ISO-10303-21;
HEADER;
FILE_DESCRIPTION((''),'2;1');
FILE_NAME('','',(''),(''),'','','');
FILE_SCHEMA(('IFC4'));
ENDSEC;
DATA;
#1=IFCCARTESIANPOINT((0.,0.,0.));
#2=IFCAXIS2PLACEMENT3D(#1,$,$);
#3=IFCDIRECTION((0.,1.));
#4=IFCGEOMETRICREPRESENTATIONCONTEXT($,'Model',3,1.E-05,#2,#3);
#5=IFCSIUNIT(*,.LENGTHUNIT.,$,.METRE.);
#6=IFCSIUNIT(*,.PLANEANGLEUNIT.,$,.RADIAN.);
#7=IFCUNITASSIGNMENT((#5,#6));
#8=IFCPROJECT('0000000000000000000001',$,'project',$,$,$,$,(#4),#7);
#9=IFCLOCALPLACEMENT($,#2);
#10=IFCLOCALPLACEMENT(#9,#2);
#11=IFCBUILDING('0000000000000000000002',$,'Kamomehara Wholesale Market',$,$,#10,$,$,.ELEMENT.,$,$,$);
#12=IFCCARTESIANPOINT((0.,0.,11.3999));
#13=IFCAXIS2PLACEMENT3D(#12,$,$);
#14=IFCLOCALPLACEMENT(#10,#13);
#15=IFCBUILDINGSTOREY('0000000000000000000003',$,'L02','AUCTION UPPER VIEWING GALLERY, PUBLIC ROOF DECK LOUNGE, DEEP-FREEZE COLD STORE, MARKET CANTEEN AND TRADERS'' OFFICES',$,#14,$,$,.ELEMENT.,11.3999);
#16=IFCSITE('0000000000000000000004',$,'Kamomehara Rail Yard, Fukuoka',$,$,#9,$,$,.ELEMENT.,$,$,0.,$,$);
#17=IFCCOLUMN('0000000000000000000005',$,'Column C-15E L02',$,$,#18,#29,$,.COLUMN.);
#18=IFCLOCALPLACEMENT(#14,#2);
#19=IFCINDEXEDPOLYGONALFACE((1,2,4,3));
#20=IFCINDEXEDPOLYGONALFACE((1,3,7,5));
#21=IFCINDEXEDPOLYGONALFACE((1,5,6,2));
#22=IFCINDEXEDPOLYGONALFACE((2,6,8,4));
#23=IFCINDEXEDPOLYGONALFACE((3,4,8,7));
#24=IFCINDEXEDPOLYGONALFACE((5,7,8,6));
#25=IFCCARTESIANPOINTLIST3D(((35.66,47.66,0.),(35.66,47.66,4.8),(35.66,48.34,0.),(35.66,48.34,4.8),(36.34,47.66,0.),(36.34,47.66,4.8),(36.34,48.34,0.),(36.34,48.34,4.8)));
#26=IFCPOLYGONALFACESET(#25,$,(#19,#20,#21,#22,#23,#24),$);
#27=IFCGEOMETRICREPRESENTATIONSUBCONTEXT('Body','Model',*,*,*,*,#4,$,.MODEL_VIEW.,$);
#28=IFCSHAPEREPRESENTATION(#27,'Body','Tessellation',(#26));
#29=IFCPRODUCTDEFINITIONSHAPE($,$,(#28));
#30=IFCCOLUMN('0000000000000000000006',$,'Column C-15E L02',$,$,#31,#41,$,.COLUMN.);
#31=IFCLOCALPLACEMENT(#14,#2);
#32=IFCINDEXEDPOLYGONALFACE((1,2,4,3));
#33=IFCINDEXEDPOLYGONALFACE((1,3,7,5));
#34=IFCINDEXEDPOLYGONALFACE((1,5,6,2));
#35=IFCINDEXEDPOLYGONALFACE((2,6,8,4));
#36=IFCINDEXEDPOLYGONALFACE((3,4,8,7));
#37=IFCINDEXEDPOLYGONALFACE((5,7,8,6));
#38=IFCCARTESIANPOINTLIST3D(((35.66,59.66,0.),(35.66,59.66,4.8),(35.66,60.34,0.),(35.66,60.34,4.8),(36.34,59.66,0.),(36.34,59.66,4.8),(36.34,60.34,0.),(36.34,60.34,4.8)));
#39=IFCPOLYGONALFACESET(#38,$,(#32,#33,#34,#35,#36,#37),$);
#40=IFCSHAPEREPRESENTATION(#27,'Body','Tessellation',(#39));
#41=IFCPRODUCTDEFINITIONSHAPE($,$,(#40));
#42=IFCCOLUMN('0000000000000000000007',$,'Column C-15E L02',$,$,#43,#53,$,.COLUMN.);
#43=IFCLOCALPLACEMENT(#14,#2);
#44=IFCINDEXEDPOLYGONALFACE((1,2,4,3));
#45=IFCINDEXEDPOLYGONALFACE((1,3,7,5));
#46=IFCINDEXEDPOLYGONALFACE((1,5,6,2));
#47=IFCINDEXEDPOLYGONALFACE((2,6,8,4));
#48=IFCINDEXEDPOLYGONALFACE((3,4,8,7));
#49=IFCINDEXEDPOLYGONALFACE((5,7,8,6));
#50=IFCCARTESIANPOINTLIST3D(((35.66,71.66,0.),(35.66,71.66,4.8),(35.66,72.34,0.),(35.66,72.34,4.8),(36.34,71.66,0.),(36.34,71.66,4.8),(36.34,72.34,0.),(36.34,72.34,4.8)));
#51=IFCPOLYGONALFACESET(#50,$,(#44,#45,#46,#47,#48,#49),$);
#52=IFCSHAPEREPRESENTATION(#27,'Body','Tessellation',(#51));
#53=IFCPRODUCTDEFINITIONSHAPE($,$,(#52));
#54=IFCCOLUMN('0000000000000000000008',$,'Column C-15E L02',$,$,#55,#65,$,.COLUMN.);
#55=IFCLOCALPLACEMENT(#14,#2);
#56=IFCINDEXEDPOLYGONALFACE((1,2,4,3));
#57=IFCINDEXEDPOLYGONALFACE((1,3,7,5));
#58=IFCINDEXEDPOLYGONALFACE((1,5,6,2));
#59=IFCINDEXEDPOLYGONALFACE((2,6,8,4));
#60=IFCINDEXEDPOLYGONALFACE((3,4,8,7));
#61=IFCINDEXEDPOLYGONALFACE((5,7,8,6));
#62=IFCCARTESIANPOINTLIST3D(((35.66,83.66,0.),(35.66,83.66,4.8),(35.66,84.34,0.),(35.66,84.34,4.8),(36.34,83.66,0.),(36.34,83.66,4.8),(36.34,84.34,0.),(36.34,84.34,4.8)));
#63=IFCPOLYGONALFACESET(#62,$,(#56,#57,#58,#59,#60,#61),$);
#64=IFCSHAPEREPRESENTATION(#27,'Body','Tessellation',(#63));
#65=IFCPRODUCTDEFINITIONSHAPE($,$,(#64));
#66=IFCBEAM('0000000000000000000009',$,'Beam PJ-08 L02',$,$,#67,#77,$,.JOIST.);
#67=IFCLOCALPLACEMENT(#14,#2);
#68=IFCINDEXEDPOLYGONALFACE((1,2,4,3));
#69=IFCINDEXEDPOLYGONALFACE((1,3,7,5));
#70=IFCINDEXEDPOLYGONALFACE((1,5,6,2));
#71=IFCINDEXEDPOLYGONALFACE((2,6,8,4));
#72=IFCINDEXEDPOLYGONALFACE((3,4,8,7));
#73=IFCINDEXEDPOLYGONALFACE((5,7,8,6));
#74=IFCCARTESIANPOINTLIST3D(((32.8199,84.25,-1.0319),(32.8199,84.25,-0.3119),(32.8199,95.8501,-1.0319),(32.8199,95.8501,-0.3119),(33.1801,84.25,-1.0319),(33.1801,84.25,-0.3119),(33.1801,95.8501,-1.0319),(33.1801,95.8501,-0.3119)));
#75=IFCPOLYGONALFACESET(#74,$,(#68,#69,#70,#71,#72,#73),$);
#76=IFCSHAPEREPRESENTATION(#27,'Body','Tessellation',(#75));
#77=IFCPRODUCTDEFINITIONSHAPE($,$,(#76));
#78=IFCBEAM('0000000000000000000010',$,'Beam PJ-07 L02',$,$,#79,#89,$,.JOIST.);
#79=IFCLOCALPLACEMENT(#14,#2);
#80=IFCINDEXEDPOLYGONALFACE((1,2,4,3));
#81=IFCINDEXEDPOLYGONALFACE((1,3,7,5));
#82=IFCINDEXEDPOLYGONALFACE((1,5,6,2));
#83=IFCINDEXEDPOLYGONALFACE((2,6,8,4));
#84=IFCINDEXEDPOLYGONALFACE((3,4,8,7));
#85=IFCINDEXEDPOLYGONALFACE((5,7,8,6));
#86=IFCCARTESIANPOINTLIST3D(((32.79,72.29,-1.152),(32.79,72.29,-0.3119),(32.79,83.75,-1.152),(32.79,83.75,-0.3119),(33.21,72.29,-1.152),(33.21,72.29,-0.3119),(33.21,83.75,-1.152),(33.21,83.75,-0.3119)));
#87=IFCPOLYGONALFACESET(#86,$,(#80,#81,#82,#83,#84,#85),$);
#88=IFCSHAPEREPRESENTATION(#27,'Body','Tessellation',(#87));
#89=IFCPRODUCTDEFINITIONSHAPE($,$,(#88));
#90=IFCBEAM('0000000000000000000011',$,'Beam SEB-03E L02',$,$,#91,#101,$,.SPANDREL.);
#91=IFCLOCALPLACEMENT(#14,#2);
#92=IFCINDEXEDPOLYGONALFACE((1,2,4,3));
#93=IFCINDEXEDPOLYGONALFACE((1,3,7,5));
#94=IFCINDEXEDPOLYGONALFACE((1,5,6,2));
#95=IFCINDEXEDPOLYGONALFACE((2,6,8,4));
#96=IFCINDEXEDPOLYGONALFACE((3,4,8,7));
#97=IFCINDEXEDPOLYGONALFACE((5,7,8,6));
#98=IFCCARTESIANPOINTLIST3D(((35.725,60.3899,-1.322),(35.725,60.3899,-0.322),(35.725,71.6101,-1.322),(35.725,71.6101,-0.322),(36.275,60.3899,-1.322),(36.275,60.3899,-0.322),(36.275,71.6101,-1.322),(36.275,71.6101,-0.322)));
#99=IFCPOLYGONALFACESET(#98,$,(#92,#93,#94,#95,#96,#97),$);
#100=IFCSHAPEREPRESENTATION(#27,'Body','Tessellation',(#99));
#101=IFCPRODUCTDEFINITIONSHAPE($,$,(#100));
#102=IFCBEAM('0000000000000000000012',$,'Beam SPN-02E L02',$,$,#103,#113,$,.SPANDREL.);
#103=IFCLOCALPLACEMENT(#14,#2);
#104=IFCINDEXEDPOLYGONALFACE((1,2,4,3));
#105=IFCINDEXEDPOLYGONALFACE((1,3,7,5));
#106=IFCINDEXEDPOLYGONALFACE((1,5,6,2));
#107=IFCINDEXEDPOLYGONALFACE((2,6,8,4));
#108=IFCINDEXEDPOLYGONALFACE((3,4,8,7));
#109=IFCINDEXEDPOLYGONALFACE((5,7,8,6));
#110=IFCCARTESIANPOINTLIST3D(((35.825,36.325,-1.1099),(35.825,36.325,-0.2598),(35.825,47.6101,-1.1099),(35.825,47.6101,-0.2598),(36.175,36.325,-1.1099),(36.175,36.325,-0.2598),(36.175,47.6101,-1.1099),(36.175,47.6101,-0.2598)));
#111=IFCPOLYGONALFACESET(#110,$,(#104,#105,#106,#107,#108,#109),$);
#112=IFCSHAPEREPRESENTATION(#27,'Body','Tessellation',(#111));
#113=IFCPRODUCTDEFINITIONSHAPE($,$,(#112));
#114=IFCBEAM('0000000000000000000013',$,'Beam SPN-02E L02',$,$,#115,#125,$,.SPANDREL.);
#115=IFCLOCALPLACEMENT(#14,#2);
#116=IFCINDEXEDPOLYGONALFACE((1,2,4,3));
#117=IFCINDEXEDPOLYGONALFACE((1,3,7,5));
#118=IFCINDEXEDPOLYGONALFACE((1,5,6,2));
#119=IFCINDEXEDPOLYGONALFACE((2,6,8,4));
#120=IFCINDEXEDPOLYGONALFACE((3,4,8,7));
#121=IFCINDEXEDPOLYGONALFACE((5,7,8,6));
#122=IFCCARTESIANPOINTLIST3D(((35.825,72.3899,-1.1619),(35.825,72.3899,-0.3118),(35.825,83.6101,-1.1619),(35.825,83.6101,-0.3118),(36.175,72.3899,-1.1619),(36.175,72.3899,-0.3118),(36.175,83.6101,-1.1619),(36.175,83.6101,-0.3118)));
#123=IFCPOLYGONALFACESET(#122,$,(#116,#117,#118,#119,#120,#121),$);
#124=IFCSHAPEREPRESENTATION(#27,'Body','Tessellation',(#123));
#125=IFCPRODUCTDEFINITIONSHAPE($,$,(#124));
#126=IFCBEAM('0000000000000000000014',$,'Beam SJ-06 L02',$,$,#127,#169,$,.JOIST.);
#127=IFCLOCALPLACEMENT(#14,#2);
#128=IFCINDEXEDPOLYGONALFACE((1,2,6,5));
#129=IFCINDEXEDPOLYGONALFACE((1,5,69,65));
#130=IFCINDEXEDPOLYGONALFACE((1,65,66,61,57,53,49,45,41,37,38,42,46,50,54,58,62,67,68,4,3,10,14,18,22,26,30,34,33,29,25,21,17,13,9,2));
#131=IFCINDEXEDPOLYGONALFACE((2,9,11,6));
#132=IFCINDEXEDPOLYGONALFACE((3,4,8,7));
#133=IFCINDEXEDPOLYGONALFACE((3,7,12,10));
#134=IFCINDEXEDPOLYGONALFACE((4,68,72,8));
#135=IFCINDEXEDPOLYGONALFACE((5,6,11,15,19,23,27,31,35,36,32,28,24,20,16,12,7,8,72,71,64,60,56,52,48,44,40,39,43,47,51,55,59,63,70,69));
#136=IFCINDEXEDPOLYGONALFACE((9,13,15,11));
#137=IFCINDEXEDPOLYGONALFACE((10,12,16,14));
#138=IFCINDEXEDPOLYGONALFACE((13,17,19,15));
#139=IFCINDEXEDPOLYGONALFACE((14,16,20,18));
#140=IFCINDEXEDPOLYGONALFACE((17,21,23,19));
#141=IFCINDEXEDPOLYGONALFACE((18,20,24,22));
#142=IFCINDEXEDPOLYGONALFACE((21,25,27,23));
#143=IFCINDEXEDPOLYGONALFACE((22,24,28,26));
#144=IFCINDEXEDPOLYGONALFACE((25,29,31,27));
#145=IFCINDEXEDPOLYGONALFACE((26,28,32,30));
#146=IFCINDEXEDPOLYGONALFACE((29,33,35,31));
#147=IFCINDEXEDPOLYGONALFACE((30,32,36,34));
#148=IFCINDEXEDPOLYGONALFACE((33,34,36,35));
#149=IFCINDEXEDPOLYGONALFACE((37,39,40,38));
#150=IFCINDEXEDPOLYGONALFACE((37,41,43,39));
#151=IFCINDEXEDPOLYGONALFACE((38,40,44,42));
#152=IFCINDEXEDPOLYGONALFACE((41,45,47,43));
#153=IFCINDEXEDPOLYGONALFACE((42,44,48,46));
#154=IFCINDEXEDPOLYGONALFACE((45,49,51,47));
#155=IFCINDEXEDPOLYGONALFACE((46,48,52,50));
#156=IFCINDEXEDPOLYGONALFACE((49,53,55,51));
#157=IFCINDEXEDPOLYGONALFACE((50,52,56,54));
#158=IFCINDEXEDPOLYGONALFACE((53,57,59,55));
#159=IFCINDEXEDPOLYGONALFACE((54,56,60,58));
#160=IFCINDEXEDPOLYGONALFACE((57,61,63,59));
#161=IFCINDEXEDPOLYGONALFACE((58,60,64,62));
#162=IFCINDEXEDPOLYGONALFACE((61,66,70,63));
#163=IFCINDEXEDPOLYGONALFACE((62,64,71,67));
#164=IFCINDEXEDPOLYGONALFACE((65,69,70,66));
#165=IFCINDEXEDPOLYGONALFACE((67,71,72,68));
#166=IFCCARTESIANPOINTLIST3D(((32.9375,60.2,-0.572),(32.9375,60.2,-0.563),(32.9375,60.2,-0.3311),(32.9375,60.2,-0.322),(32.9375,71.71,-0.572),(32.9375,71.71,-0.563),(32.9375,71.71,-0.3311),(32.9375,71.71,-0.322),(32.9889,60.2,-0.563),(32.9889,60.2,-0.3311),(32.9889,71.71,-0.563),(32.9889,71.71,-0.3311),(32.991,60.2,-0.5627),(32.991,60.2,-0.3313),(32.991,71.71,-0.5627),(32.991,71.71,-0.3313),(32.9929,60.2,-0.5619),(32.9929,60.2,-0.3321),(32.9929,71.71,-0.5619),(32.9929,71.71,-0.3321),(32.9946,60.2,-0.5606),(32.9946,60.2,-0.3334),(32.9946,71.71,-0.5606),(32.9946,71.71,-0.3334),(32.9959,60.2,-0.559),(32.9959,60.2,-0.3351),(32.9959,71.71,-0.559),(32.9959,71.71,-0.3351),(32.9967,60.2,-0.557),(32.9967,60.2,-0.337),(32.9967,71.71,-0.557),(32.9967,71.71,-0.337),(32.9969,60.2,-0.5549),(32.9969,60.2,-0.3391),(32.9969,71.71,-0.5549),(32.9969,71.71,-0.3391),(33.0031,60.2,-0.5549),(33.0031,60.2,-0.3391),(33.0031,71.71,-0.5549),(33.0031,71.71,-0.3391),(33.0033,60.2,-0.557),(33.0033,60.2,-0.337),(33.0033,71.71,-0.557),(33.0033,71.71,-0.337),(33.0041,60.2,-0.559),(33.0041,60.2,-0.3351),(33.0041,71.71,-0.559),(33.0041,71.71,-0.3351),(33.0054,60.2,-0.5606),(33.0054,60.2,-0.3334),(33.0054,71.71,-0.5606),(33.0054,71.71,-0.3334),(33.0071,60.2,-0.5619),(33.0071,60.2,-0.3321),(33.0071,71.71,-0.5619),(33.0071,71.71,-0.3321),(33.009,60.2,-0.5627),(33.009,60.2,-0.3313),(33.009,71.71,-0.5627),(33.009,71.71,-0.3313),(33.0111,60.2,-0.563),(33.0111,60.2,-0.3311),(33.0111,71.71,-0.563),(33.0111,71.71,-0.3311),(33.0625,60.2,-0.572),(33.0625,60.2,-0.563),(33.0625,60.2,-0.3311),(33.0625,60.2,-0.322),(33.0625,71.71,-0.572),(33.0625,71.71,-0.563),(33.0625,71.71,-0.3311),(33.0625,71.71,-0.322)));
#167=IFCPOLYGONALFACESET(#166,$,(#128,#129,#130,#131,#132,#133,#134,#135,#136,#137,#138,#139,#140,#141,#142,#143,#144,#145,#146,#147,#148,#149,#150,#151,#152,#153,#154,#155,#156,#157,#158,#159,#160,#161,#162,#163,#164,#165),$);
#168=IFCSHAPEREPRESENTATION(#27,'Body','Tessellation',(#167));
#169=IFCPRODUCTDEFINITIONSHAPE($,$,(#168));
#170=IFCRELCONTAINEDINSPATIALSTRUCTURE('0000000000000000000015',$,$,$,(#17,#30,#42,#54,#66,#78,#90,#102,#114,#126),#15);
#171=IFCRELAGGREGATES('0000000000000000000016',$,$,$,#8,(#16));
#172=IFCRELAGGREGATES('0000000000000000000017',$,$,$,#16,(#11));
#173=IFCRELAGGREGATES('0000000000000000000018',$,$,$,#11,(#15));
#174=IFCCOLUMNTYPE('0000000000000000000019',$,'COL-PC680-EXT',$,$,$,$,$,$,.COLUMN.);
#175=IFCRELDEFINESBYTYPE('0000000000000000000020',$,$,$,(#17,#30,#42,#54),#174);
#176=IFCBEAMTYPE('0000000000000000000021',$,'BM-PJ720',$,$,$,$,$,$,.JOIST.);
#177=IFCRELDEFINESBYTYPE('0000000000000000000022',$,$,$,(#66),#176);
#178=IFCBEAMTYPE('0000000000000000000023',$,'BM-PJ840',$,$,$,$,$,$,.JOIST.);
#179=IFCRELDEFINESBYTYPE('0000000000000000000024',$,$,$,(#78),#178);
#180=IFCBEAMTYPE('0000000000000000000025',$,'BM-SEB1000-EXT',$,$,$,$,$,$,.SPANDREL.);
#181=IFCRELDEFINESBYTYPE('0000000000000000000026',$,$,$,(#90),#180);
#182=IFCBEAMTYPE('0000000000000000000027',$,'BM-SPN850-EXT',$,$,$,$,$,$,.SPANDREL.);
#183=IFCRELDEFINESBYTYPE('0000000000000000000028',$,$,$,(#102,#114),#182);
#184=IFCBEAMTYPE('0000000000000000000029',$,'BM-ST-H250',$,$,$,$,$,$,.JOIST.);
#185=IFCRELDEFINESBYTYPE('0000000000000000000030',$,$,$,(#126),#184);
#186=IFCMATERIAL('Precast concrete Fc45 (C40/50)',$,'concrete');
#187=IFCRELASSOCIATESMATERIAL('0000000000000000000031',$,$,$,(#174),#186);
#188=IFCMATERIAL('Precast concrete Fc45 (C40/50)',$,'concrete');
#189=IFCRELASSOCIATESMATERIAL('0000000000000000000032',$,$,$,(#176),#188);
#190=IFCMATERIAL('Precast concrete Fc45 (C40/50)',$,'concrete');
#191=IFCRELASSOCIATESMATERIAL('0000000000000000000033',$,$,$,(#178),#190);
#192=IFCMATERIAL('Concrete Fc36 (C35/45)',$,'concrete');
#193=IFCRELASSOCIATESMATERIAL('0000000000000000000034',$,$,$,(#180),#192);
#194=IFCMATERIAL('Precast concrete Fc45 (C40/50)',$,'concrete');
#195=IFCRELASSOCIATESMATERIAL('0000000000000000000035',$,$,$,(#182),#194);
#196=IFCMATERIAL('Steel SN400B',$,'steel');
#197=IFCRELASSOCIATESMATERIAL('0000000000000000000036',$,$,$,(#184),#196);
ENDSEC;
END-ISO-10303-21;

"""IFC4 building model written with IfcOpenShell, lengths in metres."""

from ifc_helpers import new_model, si_unit, direction, frame, origin, origin_2d, place, context, subcontext, project, spatial, rectangle, i_section, extrude, material, material_profile, profile_set, type_object, element, save


model = new_model("IFC4")

# Units and contexts
model_context = context("Model", 3, precision=1e-05, world=origin(), true_north=direction((0.0, 1.0)))
body_context = subcontext(model_context, "Body", "Model", "MODEL_VIEW")
ifc_project = project(units=[si_unit("LENGTHUNIT", "METRE"), si_unit("PLANEANGLEUNIT", "RADIAN")], contexts=[model_context])

# Site, building, storey
site_placement = place(None, origin())
site = spatial("IfcSite", under=ifc_project, at=site_placement, Name="Kamomehara Rail Yard, Fukuoka", CompositionType="ELEMENT", RefElevation=0.0)
building_placement = place(site_placement, origin())
building = spatial("IfcBuilding", under=site, at=building_placement, Name="Kamomehara Wholesale Market", CompositionType="ELEMENT")
storey_placement = place(building_placement, frame((0.0, 0.0, 11.3999)))
storey = spatial("IfcBuildingStorey", under=building, at=storey_placement, Name="L02", Description="AUCTION UPPER VIEWING GALLERY, PUBLIC ROOF DECK LOUNGE, DEEP-FREEZE COLD STORE, MARKET CANTEEN AND TRADERS' OFFICES", CompositionType="ELEMENT", Elevation=11.3999)

# Columns
ifc_material_1 = material(Name="Precast concrete Fc45 (C40/50)", Category="concrete")
ifc_material_profile_1 = material_profile(ifc_material_1, rectangle(XDim=0.6799, YDim=0.6799, at=origin_2d()), Name="PC-COL-680x680")
ifc_profile_set_1 = profile_set([ifc_material_profile_1], Name="Precast concrete Fc45 (C40/50)")
column_type = type_object("IfcColumnType", Name="COL-PC680-EXT", PredefinedType="COLUMN", material=ifc_profile_set_1)
for number, where, z_axis, x_axis, name in (
    (1, (36.0, 48.0, 0.0), (0.0, 0.0, 1.0), (1.0, 0.0, 0.0), "Column C-15E L02"),
    (2, (36.0, 60.0, 0.0), (0.0, 0.0, 1.0), (1.0, 0.0, 0.0), "Column C-15E L02"),
    (3, (36.0, 72.0, 0.0), (0.0, 0.0, 1.0), (1.0, 0.0, 0.0), "Column C-15E L02"),
    (4, (36.0, 84.0, 0.0), (0.0, 0.0, 1.0), (1.0, 0.0, 0.0), "Column C-15E L02"),
):
    element("IfcColumn", number, at=place(storey_placement, frame(where, z_axis=z_axis, x_axis=x_axis)), inside=storey, type_object=column_type, Name=name, PredefinedType="COLUMN", context=body_context, shape_type="SweptSolid", body=[
        extrude(rectangle(XDim=0.6799, YDim=0.6799, at=origin_2d()), origin(), (0.0, 0.0, 1.0), 4.8),
    ])

# Beams
ifc_material_2 = material(Name="Precast concrete Fc45 (C40/50)", Category="concrete")
ifc_material_profile_2 = material_profile(ifc_material_2, rectangle(XDim=0.3601, YDim=0.72, at=origin_2d()), Name="PC-JST-360x720")
ifc_profile_set_2 = profile_set([ifc_material_profile_2], Name="Precast concrete Fc45 (C40/50)")
beam_type_1 = type_object("IfcBeamType", Name="BM-PJ720", PredefinedType="JOIST", material=ifc_profile_set_2)
beam_1_placement = place(storey_placement, frame((33.0, 84.25, -0.6719), z_axis=(0.0, 1.0, 0.0), x_axis=(-1.0, 0.0, 0.0)))
element("IfcBeam", 5, at=beam_1_placement, inside=storey, type_object=beam_type_1, Name="Beam PJ-08 L02", PredefinedType="JOIST", context=body_context, shape_type="SweptSolid", body=[
    extrude(rectangle(XDim=0.3601, YDim=0.72, at=origin_2d()), origin(), (0.0, 0.0, 1.0), 11.6001),
])
ifc_material_3 = material(Name="Precast concrete Fc45 (C40/50)", Category="concrete")
ifc_material_profile_3 = material_profile(ifc_material_3, rectangle(XDim=0.4199, YDim=0.8401, at=origin_2d()), Name="PC-JST-420x840")
ifc_profile_set_3 = profile_set([ifc_material_profile_3], Name="Precast concrete Fc45 (C40/50)")
beam_type_2 = type_object("IfcBeamType", Name="BM-PJ840", PredefinedType="JOIST", material=ifc_profile_set_3)
beam_2_placement = place(storey_placement, frame((33.0, 72.29, -0.7319), z_axis=(0.0, 1.0, 0.0), x_axis=(-1.0, 0.0, 0.0)))
element("IfcBeam", 6, at=beam_2_placement, inside=storey, type_object=beam_type_2, Name="Beam PJ-07 L02", PredefinedType="JOIST", context=body_context, shape_type="SweptSolid", body=[
    extrude(rectangle(XDim=0.4199, YDim=0.8401, at=origin_2d()), origin(), (0.0, 0.0, 1.0), 11.46),
])
ifc_material_4 = material(Name="Concrete Fc36 (C35/45)", Category="concrete")
ifc_material_profile_4 = material_profile(ifc_material_4, rectangle(XDim=0.55, YDim=1.0, at=origin_2d()), Name="RC-SEB-550x1000")
ifc_profile_set_4 = profile_set([ifc_material_profile_4], Name="Concrete Fc36 (C35/45)")
beam_type_3 = type_object("IfcBeamType", Name="BM-SEB1000-EXT", PredefinedType="SPANDREL", material=ifc_profile_set_4)
beam_3_placement = place(storey_placement, frame((36.0, 60.3899, -0.822), z_axis=(0.0, 1.0, 0.0), x_axis=(-1.0, 0.0, 0.0)))
element("IfcBeam", 7, at=beam_3_placement, inside=storey, type_object=beam_type_3, Name="Beam SEB-03E L02", PredefinedType="SPANDREL", context=body_context, shape_type="SweptSolid", body=[
    extrude(rectangle(XDim=0.55, YDim=1.0, at=origin_2d()), origin(), (0.0, 0.0, 1.0), 11.2202),
])
ifc_material_5 = material(Name="Precast concrete Fc45 (C40/50)", Category="concrete")
ifc_material_profile_5 = material_profile(ifc_material_5, rectangle(XDim=0.3501, YDim=0.8501, at=origin_2d()), Name="PC-SPN-350x850")
ifc_profile_set_5 = profile_set([ifc_material_profile_5], Name="Precast concrete Fc45 (C40/50)")
beam_type_4 = type_object("IfcBeamType", Name="BM-SPN850-EXT", PredefinedType="SPANDREL", material=ifc_profile_set_5)
beam_4_placement = place(storey_placement, frame((36.0, 36.325, -0.6848), z_axis=(0.0, 1.0, 0.0), x_axis=(-1.0, 0.0, 0.0)))
element("IfcBeam", 8, at=beam_4_placement, inside=storey, type_object=beam_type_4, Name="Beam SPN-02E L02", PredefinedType="SPANDREL", context=body_context, shape_type="SweptSolid", body=[
    extrude(rectangle(XDim=0.3501, YDim=0.8501, at=origin_2d()), origin(), (0.0, 0.0, 1.0), 11.2852),
])
beam_5_placement = place(storey_placement, frame((36.0, 72.3899, -0.7368), z_axis=(0.0, 1.0, 0.0), x_axis=(-1.0, 0.0, 0.0)))
element("IfcBeam", 9, at=beam_5_placement, inside=storey, type_object=beam_type_4, Name="Beam SPN-02E L02", PredefinedType="SPANDREL", context=body_context, shape_type="SweptSolid", body=[
    extrude(rectangle(XDim=0.3501, YDim=0.8501, at=origin_2d()), origin(), (0.0, 0.0, 1.0), 11.2202),
])
ifc_material_6 = material(Name="Steel SN400B", Category="steel")
ifc_material_profile_6 = material_profile(ifc_material_6, i_section(OverallWidth=0.125, OverallDepth=0.25, WebThickness=0.0061, FlangeThickness=0.009, FilletRadius=0.0081, at=origin_2d()), Name="H-250x125x6x9")
ifc_profile_set_6 = profile_set([ifc_material_profile_6], Name="Steel SN400B")
beam_type_5 = type_object("IfcBeamType", Name="BM-ST-H250", PredefinedType="JOIST", material=ifc_profile_set_6)
beam_6_placement = place(storey_placement, frame((33.0, 60.2, -0.447), z_axis=(0.0, 1.0, 0.0), x_axis=(-1.0, 0.0, 0.0)))
element("IfcBeam", 10, at=beam_6_placement, inside=storey, type_object=beam_type_5, Name="Beam SJ-06 L02", PredefinedType="JOIST", context=body_context, shape_type="SweptSolid", body=[
    extrude(i_section(OverallWidth=0.125, OverallDepth=0.25, WebThickness=0.0061, FlangeThickness=0.009, FilletRadius=0.0081, at=origin_2d()), origin(), (0.0, 0.0, 1.0), 11.51),
])

save(model, "model.ifc")
